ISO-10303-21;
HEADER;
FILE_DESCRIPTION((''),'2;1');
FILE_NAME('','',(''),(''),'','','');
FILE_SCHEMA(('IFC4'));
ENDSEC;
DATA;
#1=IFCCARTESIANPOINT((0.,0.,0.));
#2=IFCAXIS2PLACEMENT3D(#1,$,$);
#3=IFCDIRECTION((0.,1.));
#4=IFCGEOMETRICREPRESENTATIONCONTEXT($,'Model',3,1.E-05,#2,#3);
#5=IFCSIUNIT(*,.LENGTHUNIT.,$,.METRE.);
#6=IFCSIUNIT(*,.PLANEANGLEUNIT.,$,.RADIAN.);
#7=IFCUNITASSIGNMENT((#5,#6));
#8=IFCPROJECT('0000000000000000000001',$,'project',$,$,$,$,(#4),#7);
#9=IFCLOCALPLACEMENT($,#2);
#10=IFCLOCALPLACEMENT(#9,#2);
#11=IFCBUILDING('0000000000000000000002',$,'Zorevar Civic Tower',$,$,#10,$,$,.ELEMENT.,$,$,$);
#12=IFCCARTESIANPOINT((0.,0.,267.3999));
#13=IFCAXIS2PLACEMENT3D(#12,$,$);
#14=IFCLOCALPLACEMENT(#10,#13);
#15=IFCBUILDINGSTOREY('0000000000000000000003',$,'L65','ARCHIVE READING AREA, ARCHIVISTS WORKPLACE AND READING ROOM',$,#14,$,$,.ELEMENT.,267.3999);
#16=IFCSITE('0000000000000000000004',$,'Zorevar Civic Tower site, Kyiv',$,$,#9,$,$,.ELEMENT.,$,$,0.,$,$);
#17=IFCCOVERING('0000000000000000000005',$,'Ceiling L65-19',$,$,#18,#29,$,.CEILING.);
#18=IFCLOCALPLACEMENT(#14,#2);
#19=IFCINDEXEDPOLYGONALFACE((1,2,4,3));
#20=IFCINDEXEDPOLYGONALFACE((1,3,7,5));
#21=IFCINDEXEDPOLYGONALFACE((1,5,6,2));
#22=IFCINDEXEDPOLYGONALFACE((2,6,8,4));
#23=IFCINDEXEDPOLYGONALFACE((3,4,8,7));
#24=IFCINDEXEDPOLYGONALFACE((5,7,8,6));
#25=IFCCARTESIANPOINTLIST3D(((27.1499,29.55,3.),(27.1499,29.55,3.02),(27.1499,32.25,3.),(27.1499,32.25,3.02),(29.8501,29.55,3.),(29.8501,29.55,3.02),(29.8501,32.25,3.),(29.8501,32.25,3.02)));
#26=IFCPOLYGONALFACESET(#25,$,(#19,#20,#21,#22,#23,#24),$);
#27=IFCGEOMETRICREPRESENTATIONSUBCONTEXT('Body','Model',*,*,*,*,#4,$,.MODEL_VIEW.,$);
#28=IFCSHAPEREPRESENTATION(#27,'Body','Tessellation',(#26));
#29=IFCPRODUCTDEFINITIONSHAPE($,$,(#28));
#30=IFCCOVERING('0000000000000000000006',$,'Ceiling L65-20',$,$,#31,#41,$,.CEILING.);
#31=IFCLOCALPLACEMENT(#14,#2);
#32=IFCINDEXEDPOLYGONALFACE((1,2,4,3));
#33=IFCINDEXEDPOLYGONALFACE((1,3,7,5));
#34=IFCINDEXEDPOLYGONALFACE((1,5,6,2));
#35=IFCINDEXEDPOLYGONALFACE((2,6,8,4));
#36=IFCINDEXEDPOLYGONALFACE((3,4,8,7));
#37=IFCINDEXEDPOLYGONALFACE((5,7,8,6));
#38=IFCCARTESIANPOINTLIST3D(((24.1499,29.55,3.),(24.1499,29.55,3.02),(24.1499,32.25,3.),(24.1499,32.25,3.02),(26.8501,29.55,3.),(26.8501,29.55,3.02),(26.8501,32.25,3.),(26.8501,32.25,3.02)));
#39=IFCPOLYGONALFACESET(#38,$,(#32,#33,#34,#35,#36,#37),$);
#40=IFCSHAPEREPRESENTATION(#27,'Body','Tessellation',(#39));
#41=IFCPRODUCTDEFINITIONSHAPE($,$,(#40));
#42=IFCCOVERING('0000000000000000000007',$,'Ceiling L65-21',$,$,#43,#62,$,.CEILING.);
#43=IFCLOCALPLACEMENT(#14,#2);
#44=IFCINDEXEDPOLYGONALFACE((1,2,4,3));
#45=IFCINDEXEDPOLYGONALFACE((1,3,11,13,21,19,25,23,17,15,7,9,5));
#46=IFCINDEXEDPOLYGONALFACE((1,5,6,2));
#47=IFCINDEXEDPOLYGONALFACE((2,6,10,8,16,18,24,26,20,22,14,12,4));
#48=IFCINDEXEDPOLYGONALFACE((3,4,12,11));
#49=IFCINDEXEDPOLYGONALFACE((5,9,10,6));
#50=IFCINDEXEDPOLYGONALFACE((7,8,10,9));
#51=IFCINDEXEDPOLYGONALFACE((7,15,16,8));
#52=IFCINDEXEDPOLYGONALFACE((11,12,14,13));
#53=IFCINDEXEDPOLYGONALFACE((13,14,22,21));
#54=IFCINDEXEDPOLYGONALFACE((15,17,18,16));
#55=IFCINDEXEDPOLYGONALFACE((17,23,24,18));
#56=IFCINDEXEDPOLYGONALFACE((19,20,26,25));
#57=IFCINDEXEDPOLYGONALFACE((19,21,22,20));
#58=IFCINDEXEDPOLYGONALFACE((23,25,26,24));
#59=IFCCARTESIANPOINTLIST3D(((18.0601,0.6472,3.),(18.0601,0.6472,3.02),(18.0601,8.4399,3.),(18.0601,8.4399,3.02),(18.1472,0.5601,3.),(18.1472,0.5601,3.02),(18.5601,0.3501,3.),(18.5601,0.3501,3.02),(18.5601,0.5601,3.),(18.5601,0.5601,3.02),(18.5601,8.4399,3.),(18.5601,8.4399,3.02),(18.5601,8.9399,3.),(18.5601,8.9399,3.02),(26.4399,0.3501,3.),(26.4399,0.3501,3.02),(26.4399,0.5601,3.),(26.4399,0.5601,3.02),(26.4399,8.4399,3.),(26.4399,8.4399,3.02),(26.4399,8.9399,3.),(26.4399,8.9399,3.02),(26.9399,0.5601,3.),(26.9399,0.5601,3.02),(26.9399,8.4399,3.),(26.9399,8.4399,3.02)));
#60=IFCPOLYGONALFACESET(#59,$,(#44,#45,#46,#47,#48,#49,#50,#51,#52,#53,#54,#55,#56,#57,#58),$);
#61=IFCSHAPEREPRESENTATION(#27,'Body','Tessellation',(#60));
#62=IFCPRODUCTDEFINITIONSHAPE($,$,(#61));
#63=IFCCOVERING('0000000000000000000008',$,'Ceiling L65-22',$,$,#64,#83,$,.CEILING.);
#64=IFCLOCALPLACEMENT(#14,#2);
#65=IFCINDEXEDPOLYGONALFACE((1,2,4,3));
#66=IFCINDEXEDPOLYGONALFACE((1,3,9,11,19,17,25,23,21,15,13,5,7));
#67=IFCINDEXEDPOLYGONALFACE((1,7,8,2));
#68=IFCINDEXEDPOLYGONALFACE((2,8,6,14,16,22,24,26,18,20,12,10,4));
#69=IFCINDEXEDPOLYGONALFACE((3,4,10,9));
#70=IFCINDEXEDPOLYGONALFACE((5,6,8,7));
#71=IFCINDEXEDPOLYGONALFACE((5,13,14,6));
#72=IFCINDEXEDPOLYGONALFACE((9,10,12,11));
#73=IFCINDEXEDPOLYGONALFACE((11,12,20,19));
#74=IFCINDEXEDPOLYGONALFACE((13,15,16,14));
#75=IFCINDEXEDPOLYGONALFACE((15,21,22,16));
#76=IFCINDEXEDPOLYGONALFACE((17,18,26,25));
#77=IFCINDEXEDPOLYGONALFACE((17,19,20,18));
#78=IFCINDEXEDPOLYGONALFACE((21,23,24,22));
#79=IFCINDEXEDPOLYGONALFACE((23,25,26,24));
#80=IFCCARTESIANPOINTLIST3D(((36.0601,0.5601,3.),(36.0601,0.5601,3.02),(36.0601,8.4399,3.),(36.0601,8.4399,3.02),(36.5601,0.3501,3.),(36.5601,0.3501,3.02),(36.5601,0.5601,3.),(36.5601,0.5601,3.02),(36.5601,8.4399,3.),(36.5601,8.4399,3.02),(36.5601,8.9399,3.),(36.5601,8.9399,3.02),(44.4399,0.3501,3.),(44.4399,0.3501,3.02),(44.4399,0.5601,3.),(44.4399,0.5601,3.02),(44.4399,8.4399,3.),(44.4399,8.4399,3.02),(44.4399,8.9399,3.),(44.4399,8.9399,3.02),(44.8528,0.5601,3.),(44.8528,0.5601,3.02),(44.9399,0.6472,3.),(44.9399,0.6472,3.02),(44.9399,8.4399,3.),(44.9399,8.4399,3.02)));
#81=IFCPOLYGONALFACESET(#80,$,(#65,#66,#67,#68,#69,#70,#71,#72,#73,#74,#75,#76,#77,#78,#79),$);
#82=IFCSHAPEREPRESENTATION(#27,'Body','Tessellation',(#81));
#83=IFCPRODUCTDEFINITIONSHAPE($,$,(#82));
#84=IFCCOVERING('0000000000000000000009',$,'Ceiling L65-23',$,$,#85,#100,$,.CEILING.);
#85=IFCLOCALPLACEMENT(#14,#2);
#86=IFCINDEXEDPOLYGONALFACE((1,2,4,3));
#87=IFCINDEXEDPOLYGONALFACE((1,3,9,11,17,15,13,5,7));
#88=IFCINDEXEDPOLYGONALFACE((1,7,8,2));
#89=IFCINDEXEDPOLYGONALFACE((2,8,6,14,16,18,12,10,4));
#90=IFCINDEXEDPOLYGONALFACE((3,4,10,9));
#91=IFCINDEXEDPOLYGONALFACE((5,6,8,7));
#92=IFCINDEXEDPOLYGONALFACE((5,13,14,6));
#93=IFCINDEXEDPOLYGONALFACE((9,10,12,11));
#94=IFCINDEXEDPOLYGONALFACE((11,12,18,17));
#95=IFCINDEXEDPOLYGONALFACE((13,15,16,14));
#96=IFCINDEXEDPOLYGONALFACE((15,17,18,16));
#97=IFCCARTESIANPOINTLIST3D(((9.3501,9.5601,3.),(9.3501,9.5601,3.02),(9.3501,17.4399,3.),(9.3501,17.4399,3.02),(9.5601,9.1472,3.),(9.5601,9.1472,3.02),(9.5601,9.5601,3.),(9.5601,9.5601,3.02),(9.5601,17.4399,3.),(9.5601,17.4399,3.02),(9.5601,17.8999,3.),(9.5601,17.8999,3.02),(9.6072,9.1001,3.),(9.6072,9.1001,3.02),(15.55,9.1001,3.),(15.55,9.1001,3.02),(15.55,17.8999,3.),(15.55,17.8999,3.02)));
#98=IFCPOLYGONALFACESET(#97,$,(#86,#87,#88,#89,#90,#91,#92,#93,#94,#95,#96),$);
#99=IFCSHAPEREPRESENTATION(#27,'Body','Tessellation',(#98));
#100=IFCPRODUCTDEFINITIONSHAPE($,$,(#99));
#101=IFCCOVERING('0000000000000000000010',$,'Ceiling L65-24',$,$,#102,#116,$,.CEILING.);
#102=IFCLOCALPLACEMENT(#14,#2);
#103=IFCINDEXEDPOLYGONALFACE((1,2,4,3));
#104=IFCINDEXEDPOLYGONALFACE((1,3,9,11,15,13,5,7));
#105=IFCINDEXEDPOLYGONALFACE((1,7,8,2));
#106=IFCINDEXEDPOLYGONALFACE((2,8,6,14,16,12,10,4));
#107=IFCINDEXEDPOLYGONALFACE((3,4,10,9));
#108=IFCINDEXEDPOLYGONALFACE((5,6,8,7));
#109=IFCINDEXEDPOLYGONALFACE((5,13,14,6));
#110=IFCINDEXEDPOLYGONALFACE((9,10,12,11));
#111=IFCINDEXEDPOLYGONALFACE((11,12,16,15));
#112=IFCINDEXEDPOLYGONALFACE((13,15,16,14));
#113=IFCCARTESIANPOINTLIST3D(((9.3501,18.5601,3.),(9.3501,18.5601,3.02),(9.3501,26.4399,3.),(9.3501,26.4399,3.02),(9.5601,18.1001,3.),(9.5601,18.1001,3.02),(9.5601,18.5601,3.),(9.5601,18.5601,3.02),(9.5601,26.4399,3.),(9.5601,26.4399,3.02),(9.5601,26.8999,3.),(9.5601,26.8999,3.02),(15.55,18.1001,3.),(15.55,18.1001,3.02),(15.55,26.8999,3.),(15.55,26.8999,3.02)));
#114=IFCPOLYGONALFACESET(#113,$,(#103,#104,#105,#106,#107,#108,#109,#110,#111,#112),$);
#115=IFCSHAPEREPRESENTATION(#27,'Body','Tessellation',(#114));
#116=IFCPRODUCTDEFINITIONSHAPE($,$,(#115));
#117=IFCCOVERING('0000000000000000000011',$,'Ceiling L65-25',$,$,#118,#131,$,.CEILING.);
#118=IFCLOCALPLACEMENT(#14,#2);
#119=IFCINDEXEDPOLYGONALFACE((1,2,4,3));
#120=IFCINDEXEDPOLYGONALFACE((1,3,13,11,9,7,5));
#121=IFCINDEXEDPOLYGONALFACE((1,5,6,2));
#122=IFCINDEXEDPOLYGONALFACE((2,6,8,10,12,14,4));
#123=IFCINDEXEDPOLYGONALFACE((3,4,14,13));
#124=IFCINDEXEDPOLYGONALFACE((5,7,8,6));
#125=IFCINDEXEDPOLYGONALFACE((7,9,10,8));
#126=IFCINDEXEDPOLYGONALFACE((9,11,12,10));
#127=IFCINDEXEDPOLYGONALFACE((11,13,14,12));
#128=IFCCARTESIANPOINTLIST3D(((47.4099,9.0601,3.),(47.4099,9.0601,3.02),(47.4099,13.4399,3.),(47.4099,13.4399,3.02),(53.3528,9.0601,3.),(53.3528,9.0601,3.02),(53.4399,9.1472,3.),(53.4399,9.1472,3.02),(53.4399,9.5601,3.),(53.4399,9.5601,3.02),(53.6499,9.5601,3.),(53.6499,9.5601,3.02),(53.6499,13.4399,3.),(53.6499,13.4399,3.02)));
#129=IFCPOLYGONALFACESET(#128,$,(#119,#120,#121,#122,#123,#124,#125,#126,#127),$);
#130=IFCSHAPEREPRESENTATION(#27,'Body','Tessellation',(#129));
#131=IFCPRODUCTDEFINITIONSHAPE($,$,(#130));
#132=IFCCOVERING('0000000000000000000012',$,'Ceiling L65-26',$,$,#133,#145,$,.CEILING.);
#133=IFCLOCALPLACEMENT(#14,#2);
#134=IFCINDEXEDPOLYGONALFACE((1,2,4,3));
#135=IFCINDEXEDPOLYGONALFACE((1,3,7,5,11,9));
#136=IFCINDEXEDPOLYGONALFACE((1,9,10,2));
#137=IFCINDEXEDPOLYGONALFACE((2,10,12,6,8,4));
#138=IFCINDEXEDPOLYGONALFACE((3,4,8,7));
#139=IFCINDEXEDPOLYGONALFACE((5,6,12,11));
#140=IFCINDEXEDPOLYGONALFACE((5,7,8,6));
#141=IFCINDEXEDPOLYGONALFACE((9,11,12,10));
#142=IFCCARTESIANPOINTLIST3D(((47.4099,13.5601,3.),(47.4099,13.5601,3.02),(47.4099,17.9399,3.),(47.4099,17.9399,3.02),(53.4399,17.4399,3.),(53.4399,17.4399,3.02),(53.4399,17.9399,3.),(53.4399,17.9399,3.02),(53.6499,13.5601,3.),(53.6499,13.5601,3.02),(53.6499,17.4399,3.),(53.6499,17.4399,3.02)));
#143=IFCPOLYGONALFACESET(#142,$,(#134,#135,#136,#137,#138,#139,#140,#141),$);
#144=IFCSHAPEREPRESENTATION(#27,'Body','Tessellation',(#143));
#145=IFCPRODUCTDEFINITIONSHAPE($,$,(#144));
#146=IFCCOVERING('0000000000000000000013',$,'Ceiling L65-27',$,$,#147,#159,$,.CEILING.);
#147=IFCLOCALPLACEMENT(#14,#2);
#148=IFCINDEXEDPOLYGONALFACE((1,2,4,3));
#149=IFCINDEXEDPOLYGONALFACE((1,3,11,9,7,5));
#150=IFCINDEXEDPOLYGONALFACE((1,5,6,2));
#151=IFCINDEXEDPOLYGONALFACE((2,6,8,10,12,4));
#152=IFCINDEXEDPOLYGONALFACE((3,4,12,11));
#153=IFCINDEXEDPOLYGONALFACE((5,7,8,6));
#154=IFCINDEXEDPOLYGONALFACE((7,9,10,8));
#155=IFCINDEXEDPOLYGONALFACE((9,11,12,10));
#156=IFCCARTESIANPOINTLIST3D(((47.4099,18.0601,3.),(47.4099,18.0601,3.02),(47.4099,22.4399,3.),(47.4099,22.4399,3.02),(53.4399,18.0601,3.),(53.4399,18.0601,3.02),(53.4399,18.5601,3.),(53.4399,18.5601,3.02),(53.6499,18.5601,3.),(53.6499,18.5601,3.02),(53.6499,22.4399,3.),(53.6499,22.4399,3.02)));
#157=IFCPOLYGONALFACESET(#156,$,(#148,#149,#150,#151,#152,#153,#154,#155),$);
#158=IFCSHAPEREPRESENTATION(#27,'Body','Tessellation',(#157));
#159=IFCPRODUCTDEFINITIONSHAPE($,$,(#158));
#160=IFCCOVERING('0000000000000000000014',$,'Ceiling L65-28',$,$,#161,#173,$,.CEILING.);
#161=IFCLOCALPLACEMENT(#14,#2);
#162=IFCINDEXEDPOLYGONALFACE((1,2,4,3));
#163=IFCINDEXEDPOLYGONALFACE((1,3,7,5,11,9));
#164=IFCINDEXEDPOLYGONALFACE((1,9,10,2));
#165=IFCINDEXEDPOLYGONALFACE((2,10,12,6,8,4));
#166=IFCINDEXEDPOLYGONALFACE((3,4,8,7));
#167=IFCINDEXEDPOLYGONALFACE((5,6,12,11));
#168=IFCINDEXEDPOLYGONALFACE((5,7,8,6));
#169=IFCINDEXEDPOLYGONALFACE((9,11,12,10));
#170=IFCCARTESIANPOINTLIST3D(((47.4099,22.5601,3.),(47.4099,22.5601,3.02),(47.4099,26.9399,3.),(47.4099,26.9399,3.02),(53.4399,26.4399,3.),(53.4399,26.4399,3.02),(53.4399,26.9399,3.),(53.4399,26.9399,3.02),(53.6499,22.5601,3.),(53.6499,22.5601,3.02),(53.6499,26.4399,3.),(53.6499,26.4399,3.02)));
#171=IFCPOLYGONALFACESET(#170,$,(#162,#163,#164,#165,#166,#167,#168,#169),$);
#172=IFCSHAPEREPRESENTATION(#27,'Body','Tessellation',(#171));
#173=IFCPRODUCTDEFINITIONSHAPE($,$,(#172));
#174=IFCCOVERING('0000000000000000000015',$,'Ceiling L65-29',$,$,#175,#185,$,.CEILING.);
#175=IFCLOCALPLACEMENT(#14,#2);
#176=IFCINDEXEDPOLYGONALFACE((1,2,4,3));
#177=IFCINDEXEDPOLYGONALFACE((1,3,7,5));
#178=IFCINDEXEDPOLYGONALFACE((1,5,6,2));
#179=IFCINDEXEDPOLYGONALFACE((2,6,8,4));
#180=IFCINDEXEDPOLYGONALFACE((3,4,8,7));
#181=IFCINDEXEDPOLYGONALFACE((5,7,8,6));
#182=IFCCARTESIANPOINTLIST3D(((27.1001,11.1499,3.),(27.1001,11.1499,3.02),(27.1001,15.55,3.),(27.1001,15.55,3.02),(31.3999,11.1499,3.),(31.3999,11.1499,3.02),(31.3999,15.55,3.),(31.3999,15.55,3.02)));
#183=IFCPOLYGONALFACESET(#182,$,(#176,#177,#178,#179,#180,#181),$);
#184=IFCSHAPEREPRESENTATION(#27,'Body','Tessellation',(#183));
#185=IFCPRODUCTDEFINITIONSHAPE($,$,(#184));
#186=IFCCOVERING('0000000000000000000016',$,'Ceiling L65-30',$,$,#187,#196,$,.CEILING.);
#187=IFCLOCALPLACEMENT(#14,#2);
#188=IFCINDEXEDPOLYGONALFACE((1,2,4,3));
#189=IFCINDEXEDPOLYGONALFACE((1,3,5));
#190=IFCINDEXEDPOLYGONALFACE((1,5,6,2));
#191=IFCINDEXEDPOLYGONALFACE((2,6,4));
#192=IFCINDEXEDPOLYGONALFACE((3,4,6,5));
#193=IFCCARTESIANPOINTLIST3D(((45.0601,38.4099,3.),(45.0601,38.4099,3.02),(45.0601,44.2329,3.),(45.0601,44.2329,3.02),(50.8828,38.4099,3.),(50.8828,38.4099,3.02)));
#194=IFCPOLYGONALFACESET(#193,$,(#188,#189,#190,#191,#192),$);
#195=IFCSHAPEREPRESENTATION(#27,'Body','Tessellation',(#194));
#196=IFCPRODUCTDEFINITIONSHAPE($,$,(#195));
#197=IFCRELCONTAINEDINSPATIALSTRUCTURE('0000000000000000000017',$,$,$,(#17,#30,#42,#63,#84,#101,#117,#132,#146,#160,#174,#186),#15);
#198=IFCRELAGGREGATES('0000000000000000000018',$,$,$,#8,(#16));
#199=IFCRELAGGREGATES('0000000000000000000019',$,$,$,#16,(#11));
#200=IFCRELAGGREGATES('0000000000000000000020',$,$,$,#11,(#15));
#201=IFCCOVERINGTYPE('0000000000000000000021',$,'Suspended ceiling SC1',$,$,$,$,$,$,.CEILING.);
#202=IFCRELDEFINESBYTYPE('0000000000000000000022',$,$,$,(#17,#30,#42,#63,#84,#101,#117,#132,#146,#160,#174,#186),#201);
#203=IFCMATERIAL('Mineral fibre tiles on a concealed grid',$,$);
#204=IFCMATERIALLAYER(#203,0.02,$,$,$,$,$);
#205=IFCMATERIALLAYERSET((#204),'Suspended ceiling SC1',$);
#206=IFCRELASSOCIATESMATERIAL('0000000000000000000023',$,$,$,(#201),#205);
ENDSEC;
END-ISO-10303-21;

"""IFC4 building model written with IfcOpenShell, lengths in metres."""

from ifc_helpers import new_model, si_unit, direction, frame, origin, place, context, subcontext, project, spatial, polyline, outline, extrude, material, layer, layer_set, type_object, element, save


model = new_model("IFC4")

# Units and contexts
model_context = context("Model", 3, precision=1e-05, world=origin(), true_north=direction((0.0, 1.0)))
body_context = subcontext(model_context, "Body", "Model", "MODEL_VIEW")
ifc_project = project(units=[si_unit("LENGTHUNIT", "METRE"), si_unit("PLANEANGLEUNIT", "RADIAN")], contexts=[model_context])

# Site, building, storey
site_placement = place(None, origin())
site = spatial("IfcSite", under=ifc_project, at=site_placement, Name="Zorevar Civic Tower site, Kyiv", CompositionType="ELEMENT", RefElevation=0.0)
building_placement = place(site_placement, origin())
building = spatial("IfcBuilding", under=site, at=building_placement, Name="Zorevar Civic Tower", CompositionType="ELEMENT")
storey_placement = place(building_placement, frame((0.0, 0.0, 267.3999)))
storey = spatial("IfcBuildingStorey", under=building, at=storey_placement, Name="L65", Description="ARCHIVE READING AREA, ARCHIVISTS WORKPLACE AND READING ROOM", CompositionType="ELEMENT", Elevation=267.3999)

# Coverings
ifc_material_1 = material(Name="Mineral fibre tiles on a concealed grid")
ifc_layer_1 = layer(ifc_material_1, 0.02)
ifc_layer_set_1 = layer_set([ifc_layer_1], Name="Suspended ceiling SC1")
covering_type_1 = type_object("IfcCoveringType", Name="Suspended ceiling SC1", PredefinedType="CEILING", material=ifc_layer_set_1)
covering_1_placement = place(storey_placement, frame((0.0, 0.0, 3.0)))
element("IfcCovering", 1, at=covering_1_placement, inside=storey, type_object=covering_type_1, Name="Ceiling L65-19", PredefinedType="CEILING", context=body_context, shape_type="SweptSolid", body=[
    extrude(outline(polyline([(29.8501, 29.55), (29.8501, 32.25), (27.1499, 32.25), (27.1499, 29.55), (29.8501, 29.55)])), origin(), (0.0, 0.0, 1.0), 0.02),
])
covering_2_placement = place(storey_placement, frame((0.0, 0.0, 3.0)))
element("IfcCovering", 2, at=covering_2_placement, inside=storey, type_object=covering_type_1, Name="Ceiling L65-20", PredefinedType="CEILING", context=body_context, shape_type="SweptSolid", body=[
    extrude(outline(polyline([(26.8501, 29.55), (26.8501, 32.25), (24.1499, 32.25), (24.1499, 29.55), (26.8501, 29.55)])), origin(), (0.0, 0.0, 1.0), 0.02),
])
covering_3_placement = place(storey_placement, frame((0.0, 0.0, 3.0)))
element("IfcCovering", 3, at=covering_3_placement, inside=storey, type_object=covering_type_1, Name="Ceiling L65-21", PredefinedType="CEILING", context=body_context, shape_type="SweptSolid", body=[
    extrude(outline(polyline([(18.0601, 8.4399), (18.5601, 8.4399), (18.5601, 8.9399), (26.4399, 8.9399), (26.4399, 8.4399), (26.9399, 8.4399), (26.9399, 0.5601), (26.4399, 0.5601), (26.4399, 0.3501), (18.5601, 0.3501), (18.5601, 0.5601), (18.1472, 0.5601), (18.0601, 0.6472), (18.0601, 8.4399)])), origin(), (0.0, 0.0, 1.0), 0.02),
])
covering_4_placement = place(storey_placement, frame((0.0, 0.0, 3.0)))
element("IfcCovering", 4, at=covering_4_placement, inside=storey, type_object=covering_type_1, Name="Ceiling L65-22", PredefinedType="CEILING", context=body_context, shape_type="SweptSolid", body=[
    extrude(outline(polyline([(36.0601, 8.4399), (36.5601, 8.4399), (36.5601, 8.9399), (44.4399, 8.9399), (44.4399, 8.4399), (44.9399, 8.4399), (44.9399, 0.6472), (44.8528, 0.5601), (44.4399, 0.5601), (44.4399, 0.3501), (36.5601, 0.3501), (36.5601, 0.5601), (36.0601, 0.5601), (36.0601, 8.4399)])), origin(), (0.0, 0.0, 1.0), 0.02),
])
covering_5_placement = place(storey_placement, frame((0.0, 0.0, 3.0)))
element("IfcCovering", 5, at=covering_5_placement, inside=storey, type_object=covering_type_1, Name="Ceiling L65-23", PredefinedType="CEILING", context=body_context, shape_type="SweptSolid", body=[
    extrude(outline(polyline([(9.3501, 9.5601), (9.3501, 17.4399), (9.5601, 17.4399), (9.5601, 17.8999), (15.55, 17.8999), (15.55, 9.1001), (9.6072, 9.1001), (9.5601, 9.1472), (9.5601, 9.5601), (9.3501, 9.5601)])), origin(), (0.0, 0.0, 1.0), 0.02),
])
covering_6_placement = place(storey_placement, frame((0.0, 0.0, 3.0)))
element("IfcCovering", 6, at=covering_6_placement, inside=storey, type_object=covering_type_1, Name="Ceiling L65-24", PredefinedType="CEILING", context=body_context, shape_type="SweptSolid", body=[
    extrude(outline(polyline([(9.5601, 18.5601), (9.3501, 18.5601), (9.3501, 26.4399), (9.5601, 26.4399), (9.5601, 26.8999), (15.55, 26.8999), (15.55, 18.1001), (9.5601, 18.1001), (9.5601, 18.5601)])), origin(), (0.0, 0.0, 1.0), 0.02),
])
covering_7_placement = place(storey_placement, frame((0.0, 0.0, 3.0)))
element("IfcCovering", 7, at=covering_7_placement, inside=storey, type_object=covering_type_1, Name="Ceiling L65-25", PredefinedType="CEILING", context=body_context, shape_type="SweptSolid", body=[
    extrude(outline(polyline([(53.6499, 13.4399), (53.6499, 9.5601), (53.4399, 9.5601), (53.4399, 9.1472), (53.3528, 9.0601), (47.4099, 9.0601), (47.4099, 13.4399), (53.6499, 13.4399)])), origin(), (0.0, 0.0, 1.0), 0.02),
])
covering_8_placement = place(storey_placement, frame((0.0, 0.0, 3.0)))
element("IfcCovering", 8, at=covering_8_placement, inside=storey, type_object=covering_type_1, Name="Ceiling L65-26", PredefinedType="CEILING", context=body_context, shape_type="SweptSolid", body=[
    extrude(outline(polyline([(47.4099, 17.9399), (53.4399, 17.9399), (53.4399, 17.4399), (53.6499, 17.4399), (53.6499, 13.5601), (47.4099, 13.5601), (47.4099, 17.9399)])), origin(), (0.0, 0.0, 1.0), 0.02),
])
covering_9_placement = place(storey_placement, frame((0.0, 0.0, 3.0)))
element("IfcCovering", 9, at=covering_9_placement, inside=storey, type_object=covering_type_1, Name="Ceiling L65-27", PredefinedType="CEILING", context=body_context, shape_type="SweptSolid", body=[
    extrude(outline(polyline([(47.4099, 22.4399), (53.6499, 22.4399), (53.6499, 18.5601), (53.4399, 18.5601), (53.4399, 18.0601), (47.4099, 18.0601), (47.4099, 22.4399)])), origin(), (0.0, 0.0, 1.0), 0.02),
])
covering_10_placement = place(storey_placement, frame((0.0, 0.0, 3.0)))
element("IfcCovering", 10, at=covering_10_placement, inside=storey, type_object=covering_type_1, Name="Ceiling L65-28", PredefinedType="CEILING", context=body_context, shape_type="SweptSolid", body=[
    extrude(outline(polyline([(47.4099, 26.9399), (53.4399, 26.9399), (53.4399, 26.4399), (53.6499, 26.4399), (53.6499, 22.5601), (47.4099, 22.5601), (47.4099, 26.9399)])), origin(), (0.0, 0.0, 1.0), 0.02),
])
covering_11_placement = place(storey_placement, frame((0.0, 0.0, 3.0)))
element("IfcCovering", 11, at=covering_11_placement, inside=storey, type_object=covering_type_1, Name="Ceiling L65-29", PredefinedType="CEILING", context=body_context, shape_type="SweptSolid", body=[
    extrude(outline(polyline([(27.1001, 11.1499), (27.1001, 15.55), (31.3999, 15.55), (31.3999, 11.1499), (27.1001, 11.1499)])), origin(), (0.0, 0.0, 1.0), 0.02),
])
covering_12_placement = place(storey_placement, frame((0.0, 0.0, 3.0)))
element("IfcCovering", 12, at=covering_12_placement, inside=storey, type_object=covering_type_1, Name="Ceiling L65-30", PredefinedType="CEILING", context=body_context, shape_type="SweptSolid", body=[
    extrude(outline(polyline([(45.0601, 38.4099), (45.0601, 44.2329), (50.8828, 38.4099), (45.0601, 38.4099)])), origin(), (0.0, 0.0, 1.0), 0.02),
])

save(model, "model.ifc")
